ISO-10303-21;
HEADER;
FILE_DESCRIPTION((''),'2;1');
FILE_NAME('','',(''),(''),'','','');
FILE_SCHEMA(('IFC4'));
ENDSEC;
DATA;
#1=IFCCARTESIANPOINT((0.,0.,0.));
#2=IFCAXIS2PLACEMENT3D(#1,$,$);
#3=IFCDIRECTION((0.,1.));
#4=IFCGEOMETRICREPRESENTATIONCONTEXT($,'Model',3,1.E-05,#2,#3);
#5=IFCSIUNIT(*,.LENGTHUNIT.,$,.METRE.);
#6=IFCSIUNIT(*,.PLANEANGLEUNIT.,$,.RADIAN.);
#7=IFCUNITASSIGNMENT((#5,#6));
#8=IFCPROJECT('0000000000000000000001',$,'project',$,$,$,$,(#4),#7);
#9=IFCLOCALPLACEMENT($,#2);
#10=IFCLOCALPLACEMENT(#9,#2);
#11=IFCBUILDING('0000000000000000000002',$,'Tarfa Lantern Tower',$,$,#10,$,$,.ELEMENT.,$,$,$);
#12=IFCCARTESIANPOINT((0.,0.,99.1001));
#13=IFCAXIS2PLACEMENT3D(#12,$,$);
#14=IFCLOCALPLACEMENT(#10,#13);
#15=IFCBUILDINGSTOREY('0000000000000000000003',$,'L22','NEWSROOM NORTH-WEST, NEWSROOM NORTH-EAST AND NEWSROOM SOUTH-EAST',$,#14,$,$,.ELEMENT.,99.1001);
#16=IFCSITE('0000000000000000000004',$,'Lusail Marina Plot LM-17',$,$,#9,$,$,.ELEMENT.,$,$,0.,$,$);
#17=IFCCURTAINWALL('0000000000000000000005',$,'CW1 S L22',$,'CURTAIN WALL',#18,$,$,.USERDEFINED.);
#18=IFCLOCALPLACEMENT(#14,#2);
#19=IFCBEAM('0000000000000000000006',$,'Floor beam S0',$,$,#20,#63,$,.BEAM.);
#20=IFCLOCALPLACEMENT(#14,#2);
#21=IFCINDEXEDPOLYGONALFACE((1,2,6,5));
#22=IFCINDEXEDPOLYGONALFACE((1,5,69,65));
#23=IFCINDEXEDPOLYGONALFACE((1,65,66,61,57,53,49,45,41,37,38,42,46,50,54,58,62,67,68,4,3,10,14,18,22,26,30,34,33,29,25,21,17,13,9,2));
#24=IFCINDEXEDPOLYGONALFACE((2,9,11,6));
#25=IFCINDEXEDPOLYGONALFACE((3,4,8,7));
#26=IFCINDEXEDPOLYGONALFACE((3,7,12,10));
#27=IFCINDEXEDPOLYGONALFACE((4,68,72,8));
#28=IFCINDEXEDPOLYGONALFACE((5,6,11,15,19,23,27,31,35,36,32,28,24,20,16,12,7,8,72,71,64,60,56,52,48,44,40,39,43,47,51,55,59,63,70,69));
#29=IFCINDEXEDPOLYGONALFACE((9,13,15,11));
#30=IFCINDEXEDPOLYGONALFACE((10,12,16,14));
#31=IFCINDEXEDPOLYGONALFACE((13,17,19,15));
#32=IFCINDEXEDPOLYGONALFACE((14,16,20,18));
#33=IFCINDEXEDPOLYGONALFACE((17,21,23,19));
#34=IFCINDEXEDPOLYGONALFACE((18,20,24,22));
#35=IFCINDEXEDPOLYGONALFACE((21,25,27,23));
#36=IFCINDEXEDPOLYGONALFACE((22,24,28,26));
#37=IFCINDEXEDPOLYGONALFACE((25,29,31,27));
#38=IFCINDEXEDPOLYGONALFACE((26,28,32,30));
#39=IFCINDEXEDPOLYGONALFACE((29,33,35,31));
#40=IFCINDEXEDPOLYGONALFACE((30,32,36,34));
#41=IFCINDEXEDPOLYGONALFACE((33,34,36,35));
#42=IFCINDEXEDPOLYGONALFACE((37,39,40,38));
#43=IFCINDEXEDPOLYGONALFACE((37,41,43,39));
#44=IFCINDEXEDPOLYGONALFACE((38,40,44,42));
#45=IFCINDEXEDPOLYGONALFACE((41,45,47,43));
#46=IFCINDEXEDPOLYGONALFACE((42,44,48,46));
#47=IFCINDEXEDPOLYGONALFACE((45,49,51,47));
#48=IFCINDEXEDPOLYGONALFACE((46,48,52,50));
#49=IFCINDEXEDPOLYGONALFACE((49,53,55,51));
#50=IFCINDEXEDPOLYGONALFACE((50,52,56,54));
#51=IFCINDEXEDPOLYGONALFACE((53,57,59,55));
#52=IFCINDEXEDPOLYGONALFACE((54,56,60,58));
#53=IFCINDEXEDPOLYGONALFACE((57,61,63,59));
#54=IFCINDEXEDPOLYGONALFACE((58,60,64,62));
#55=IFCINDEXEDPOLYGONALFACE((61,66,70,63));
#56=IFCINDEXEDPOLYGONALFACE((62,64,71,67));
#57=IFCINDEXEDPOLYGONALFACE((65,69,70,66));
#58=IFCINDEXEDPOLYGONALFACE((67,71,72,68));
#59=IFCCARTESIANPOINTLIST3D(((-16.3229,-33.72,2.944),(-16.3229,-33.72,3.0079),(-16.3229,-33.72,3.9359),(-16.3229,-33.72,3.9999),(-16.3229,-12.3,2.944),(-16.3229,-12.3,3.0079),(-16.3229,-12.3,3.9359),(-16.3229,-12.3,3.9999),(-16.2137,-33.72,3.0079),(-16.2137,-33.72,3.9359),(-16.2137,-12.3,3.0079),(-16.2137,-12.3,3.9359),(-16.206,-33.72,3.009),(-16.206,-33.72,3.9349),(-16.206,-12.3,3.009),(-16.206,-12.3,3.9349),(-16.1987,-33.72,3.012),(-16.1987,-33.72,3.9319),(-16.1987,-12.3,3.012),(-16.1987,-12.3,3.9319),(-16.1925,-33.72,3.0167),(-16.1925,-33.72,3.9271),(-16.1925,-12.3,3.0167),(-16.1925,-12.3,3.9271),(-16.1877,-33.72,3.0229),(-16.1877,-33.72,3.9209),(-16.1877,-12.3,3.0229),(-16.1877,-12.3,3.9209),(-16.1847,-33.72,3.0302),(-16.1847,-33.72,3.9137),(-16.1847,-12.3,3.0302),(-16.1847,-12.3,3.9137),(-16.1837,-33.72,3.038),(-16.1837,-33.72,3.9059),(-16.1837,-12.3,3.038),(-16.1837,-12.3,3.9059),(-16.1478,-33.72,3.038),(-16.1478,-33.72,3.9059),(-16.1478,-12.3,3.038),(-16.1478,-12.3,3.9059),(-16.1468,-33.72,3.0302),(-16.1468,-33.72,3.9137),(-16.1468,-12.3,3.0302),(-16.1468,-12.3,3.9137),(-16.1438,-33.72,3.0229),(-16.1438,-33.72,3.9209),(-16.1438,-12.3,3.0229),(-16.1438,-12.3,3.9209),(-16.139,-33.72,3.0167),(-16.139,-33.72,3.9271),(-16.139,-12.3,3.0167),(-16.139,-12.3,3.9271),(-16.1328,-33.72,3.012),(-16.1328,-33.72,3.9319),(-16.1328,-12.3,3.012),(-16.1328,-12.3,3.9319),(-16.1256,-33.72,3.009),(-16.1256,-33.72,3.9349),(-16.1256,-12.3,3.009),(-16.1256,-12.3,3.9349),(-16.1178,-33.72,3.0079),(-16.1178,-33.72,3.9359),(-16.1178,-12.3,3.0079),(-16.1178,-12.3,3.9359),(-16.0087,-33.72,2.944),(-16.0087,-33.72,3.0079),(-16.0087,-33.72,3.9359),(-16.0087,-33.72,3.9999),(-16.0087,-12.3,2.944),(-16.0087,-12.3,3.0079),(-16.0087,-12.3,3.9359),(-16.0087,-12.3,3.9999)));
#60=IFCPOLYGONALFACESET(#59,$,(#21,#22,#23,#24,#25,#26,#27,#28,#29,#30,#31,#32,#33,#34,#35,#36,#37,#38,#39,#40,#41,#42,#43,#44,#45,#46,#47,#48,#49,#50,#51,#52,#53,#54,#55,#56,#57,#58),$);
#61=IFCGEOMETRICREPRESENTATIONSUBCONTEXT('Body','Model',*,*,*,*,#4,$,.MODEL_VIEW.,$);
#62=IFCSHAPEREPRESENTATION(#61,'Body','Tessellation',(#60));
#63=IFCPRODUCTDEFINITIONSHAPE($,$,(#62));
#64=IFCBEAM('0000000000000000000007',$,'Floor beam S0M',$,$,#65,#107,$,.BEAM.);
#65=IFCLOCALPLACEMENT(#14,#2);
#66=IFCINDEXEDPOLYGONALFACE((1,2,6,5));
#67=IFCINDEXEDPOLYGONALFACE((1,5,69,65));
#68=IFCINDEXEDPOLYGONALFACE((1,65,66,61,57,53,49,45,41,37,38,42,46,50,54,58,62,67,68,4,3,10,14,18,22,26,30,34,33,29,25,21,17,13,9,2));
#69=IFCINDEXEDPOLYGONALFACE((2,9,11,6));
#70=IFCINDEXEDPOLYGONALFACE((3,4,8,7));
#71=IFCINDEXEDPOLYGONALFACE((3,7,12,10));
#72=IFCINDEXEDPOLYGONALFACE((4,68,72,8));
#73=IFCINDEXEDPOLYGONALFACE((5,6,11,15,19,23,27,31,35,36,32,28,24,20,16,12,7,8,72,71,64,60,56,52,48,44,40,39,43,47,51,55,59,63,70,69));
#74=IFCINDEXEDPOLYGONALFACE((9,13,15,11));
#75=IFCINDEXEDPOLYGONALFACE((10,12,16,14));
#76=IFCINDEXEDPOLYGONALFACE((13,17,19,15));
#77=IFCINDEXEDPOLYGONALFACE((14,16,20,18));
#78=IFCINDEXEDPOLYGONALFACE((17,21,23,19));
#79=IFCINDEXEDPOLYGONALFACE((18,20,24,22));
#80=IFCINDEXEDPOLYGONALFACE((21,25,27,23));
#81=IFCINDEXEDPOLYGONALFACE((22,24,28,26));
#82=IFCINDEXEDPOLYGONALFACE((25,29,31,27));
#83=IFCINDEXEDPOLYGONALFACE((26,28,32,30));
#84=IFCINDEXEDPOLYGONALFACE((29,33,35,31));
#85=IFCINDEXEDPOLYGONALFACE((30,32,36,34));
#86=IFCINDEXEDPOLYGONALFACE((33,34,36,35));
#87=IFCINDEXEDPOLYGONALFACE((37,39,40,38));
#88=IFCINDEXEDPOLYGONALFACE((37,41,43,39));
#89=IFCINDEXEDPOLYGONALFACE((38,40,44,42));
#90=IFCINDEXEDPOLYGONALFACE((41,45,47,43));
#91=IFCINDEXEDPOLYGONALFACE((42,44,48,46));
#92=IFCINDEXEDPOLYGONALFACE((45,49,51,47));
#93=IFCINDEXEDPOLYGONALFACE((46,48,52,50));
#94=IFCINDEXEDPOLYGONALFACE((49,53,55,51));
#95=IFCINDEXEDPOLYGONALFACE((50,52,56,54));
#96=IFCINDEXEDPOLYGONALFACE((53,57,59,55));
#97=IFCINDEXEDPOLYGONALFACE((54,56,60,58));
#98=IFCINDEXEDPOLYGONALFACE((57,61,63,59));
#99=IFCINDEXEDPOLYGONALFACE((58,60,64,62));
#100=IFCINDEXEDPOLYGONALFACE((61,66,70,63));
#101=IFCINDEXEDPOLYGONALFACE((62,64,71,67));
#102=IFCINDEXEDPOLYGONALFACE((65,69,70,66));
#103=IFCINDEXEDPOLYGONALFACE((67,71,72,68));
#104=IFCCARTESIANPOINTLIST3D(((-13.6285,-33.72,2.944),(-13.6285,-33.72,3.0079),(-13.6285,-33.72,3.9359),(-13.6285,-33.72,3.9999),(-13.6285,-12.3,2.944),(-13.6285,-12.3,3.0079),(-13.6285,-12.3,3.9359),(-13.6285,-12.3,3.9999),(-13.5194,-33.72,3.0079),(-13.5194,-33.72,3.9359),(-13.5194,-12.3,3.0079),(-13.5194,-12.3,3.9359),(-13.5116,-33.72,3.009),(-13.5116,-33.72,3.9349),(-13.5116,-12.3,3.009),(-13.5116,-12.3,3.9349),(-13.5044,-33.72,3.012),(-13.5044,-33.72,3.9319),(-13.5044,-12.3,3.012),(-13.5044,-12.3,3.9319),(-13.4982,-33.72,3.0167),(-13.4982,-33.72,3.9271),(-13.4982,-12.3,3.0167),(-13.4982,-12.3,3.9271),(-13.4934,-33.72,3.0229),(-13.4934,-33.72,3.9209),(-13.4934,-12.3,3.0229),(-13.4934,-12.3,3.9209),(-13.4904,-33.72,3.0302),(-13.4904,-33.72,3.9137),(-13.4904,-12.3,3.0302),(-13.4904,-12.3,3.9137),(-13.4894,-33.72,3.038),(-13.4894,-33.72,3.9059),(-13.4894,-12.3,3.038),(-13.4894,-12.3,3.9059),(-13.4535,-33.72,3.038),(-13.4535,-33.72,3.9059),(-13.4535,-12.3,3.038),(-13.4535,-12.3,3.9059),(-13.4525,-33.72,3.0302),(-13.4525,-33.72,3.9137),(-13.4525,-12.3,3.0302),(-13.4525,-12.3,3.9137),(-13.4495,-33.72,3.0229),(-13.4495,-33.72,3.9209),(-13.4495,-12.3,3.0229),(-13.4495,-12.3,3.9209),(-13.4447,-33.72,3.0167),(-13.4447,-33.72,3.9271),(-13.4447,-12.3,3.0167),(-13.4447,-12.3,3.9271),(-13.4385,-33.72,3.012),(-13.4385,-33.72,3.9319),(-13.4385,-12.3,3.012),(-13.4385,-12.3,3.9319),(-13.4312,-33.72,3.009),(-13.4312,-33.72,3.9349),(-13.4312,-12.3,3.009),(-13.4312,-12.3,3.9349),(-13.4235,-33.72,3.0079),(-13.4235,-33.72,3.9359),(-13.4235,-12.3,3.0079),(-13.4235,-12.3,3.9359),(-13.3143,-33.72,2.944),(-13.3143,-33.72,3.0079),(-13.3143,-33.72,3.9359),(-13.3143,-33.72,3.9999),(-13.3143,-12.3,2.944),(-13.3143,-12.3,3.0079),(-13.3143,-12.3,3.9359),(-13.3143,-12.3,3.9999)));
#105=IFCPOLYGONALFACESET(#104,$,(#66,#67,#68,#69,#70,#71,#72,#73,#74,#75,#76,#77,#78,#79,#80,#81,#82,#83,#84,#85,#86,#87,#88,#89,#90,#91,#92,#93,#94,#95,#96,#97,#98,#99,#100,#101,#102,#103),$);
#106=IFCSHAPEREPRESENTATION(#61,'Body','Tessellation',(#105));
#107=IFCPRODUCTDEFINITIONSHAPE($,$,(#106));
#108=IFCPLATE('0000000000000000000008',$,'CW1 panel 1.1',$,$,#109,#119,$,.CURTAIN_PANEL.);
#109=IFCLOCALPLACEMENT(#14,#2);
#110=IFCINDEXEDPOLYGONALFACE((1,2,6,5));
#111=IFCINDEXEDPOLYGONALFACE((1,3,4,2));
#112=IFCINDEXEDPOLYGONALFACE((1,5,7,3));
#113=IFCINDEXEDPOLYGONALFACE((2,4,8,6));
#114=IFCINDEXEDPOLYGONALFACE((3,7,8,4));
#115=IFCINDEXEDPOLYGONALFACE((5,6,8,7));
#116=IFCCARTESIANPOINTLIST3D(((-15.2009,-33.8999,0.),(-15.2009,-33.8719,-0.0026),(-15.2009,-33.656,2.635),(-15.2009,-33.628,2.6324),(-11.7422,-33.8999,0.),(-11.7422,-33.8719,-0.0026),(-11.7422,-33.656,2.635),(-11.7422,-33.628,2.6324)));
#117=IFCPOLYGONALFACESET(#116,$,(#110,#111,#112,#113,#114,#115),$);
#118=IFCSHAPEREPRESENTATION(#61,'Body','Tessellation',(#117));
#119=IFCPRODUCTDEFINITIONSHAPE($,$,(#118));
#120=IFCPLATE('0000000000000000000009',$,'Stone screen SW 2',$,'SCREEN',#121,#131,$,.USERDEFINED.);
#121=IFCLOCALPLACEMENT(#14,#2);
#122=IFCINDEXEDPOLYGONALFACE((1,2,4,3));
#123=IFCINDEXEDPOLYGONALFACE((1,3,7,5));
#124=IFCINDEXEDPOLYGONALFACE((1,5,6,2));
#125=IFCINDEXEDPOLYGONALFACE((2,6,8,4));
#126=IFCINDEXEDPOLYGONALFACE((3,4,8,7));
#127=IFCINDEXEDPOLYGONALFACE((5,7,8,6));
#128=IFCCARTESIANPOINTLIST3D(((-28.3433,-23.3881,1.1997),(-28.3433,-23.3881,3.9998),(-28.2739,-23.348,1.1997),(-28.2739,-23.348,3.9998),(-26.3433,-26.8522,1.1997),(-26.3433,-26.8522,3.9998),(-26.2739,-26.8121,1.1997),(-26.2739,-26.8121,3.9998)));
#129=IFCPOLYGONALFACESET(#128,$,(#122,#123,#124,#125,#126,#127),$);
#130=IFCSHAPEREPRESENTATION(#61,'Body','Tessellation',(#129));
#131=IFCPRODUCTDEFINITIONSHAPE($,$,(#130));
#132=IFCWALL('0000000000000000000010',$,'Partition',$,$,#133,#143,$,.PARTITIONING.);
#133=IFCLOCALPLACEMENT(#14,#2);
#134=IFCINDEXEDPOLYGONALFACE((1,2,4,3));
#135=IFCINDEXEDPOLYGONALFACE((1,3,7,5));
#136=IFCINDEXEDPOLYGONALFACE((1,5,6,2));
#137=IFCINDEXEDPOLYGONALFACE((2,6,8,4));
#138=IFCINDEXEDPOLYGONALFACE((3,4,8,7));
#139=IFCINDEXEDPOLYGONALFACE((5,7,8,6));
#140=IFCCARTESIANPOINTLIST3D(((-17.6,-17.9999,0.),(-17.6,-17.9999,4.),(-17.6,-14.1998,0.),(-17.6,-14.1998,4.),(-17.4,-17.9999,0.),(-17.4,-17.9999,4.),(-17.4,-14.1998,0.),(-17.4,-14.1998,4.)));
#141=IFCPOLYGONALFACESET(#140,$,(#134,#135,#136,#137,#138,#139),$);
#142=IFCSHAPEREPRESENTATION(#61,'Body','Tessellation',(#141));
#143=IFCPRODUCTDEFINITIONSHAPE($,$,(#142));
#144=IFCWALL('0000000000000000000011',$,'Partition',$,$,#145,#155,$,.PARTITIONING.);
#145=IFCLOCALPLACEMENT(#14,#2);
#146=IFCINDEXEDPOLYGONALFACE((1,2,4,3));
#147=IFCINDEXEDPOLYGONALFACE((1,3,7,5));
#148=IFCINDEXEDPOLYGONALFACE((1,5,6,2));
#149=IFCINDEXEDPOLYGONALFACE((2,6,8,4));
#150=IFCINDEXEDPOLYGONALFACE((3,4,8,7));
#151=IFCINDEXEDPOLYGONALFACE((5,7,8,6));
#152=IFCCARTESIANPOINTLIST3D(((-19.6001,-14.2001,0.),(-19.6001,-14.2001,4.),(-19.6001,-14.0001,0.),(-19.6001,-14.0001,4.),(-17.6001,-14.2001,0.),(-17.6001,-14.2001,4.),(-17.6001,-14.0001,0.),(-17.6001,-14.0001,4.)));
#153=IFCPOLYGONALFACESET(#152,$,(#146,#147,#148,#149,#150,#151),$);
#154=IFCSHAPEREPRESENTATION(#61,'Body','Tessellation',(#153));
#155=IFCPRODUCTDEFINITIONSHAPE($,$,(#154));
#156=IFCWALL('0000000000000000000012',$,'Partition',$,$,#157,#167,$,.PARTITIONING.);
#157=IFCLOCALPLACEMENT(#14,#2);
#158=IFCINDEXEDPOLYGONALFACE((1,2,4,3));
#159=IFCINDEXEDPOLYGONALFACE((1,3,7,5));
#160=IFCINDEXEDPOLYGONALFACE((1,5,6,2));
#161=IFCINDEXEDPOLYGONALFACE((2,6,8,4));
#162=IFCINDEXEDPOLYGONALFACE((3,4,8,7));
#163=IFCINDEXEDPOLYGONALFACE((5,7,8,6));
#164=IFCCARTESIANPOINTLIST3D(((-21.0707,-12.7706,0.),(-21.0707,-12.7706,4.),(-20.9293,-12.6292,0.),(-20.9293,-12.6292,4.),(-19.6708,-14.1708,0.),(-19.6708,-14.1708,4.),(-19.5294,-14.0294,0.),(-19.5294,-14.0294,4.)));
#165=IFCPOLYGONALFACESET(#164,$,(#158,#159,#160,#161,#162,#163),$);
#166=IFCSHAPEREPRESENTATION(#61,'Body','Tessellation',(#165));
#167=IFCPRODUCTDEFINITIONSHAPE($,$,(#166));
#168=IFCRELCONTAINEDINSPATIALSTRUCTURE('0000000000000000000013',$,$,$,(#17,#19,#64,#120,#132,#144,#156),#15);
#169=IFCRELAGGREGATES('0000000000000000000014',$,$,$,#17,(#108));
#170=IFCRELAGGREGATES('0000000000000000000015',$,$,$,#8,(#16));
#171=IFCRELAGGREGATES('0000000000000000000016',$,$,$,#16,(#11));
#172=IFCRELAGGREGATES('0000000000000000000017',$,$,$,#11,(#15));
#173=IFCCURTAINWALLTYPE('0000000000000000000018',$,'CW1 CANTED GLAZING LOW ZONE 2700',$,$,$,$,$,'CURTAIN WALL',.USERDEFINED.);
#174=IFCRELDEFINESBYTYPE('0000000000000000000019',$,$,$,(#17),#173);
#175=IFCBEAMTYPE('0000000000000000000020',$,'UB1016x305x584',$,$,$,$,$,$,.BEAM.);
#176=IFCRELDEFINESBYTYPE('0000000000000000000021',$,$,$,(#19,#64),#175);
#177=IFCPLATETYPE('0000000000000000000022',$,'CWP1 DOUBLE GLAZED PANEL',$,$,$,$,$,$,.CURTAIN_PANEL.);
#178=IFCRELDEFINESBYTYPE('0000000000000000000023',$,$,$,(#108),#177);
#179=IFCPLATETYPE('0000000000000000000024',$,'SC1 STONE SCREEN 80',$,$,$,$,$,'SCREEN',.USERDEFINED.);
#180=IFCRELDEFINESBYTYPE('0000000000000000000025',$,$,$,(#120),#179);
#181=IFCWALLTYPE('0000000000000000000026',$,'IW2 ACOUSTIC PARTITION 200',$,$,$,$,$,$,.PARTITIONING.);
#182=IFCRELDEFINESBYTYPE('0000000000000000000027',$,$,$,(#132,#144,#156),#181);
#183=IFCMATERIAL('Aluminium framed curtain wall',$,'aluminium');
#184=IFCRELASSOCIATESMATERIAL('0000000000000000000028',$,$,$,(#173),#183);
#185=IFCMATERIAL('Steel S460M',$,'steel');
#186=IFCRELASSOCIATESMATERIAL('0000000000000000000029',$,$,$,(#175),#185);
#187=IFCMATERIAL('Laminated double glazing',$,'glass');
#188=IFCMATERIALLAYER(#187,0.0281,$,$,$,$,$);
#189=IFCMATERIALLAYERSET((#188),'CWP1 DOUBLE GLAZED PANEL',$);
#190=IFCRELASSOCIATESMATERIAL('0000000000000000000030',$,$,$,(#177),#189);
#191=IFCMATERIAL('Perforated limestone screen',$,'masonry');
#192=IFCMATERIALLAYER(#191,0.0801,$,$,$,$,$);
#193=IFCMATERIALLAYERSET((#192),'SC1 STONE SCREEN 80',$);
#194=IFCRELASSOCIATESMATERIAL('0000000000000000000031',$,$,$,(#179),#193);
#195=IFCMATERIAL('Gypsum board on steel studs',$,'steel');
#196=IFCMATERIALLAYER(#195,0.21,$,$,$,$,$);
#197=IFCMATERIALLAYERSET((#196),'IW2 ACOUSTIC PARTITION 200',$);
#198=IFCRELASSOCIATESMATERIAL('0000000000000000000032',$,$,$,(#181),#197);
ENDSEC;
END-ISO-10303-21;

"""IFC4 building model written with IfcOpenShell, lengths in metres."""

from ifc_helpers import new_model, si_unit, direction, frame, frame_2d, origin, origin_2d, place, context, subcontext, project, spatial, polyline, rectangle, i_section, outline, extrude, material, layer, layer_set, material_profile, profile_set, type_object, element, aggregate, save


model = new_model("IFC4")

# Units and contexts
model_context = context("Model", 3, precision=1e-05, world=origin(), true_north=direction((0.0, 1.0)))
body_context = subcontext(model_context, "Body", "Model", "MODEL_VIEW")
ifc_project = project(units=[si_unit("LENGTHUNIT", "METRE"), si_unit("PLANEANGLEUNIT", "RADIAN")], contexts=[model_context])

# Site, building, storey
site_placement = place(None, origin())
site = spatial("IfcSite", under=ifc_project, at=site_placement, Name="Lusail Marina Plot LM-17", CompositionType="ELEMENT", RefElevation=0.0)
building_placement = place(site_placement, origin())
building = spatial("IfcBuilding", under=site, at=building_placement, Name="Tarfa Lantern Tower", CompositionType="ELEMENT")
storey_placement = place(building_placement, frame((0.0, 0.0, 99.1001)))
storey = spatial("IfcBuildingStorey", under=building, at=storey_placement, Name="L22", Description="NEWSROOM NORTH-WEST, NEWSROOM NORTH-EAST AND NEWSROOM SOUTH-EAST", CompositionType="ELEMENT", Elevation=99.1001)

# Curtain wall
ifc_material_1 = material(Name="Aluminium framed curtain wall", Category="aluminium")
curtain_wall_type = type_object("IfcCurtainWallType", Name="CW1 CANTED GLAZING LOW ZONE 2700", ElementType="CURTAIN WALL", PredefinedType="USERDEFINED", material=ifc_material_1)
curtain_wall_placement = place(storey_placement, origin())
curtain_wall = element("IfcCurtainWall", 1, at=curtain_wall_placement, inside=storey, type_object=curtain_wall_type, Name="CW1 S L22", ObjectType="CURTAIN WALL", PredefinedType="USERDEFINED")

# Beams
ifc_material_2 = material(Name="Steel S460M", Category="steel")
ifc_material_profile_1 = material_profile(ifc_material_2, i_section(OverallWidth=0.3142, OverallDepth=1.0559, WebThickness=0.0359, FlangeThickness=0.064, FilletRadius=0.03, at=origin_2d()), Name="UB1016x305x584")
ifc_profile_set_1 = profile_set([ifc_material_profile_1], Name="Steel S460M")
beam_type_1 = type_object("IfcBeamType", Name="UB1016x305x584", PredefinedType="BEAM", material=ifc_profile_set_1)
for number, where, z_axis, x_axis, name in (
    (2, (-16.1658, -33.72, 3.4719), (0.0, 1.0, 0.0), (-1.0, 0.0, 0.0), "Floor beam S0"),
    (3, (-13.4714, -33.72, 3.4719), (0.0, 1.0, 0.0), (-1.0, 0.0, 0.0), "Floor beam S0M"),
):
    element("IfcBeam", number, at=place(storey_placement, frame(where, z_axis=z_axis, x_axis=x_axis)), inside=storey, type_object=beam_type_1, Name=name, PredefinedType="BEAM", context=body_context, shape_type="SweptSolid", body=[
        extrude(i_section(OverallWidth=0.3142, OverallDepth=1.0559, WebThickness=0.0359, FlangeThickness=0.064, FilletRadius=0.03, at=origin_2d()), origin(), (0.0, 0.0, 1.0), 21.4199),
    ])

# Plates
ifc_material_3 = material(Name="Laminated double glazing", Category="glass")
ifc_layer_1 = layer(ifc_material_3, 0.0281)
ifc_layer_set_1 = layer_set([ifc_layer_1], Name="CWP1 DOUBLE GLAZED PANEL")
plate_type_1 = type_object("IfcPlateType", Name="CWP1 DOUBLE GLAZED PANEL", PredefinedType="CURTAIN_PANEL", material=ifc_layer_set_1)
plate_1_placement = place(storey_placement, frame((-15.2009, -33.8999, 0.0), z_axis=(0.0, -0.995744, 0.092166), x_axis=(1.0, 0.0, 0.0)))
plate_1 = element("IfcPlate", 4, at=plate_1_placement, type_object=plate_type_1, Name="CW1 panel 1.1", PredefinedType="CURTAIN_PANEL", context=body_context, shape_type="SweptSolid", body=[
    extrude(outline(polyline([(0.0, 0.0), (3.4587, 0.0), (3.4587, 2.6463), (0.0, 2.6463), (0.0, 0.0)])), origin(), (0.0, 0.0, -1.0), 0.0281),
])
aggregate(curtain_wall, [plate_1])
ifc_material_4 = material(Name="Perforated limestone screen", Category="masonry")
ifc_layer_2 = layer(ifc_material_4, 0.0801)
ifc_layer_set_2 = layer_set([ifc_layer_2], Name="SC1 STONE SCREEN 80")
plate_type_2 = type_object("IfcPlateType", Name="SC1 STONE SCREEN 80", ElementType="SCREEN", PredefinedType="USERDEFINED", material=ifc_layer_set_2)
plate_2_placement = place(storey_placement, frame((-27.3086, -25.1001, 1.1997), z_axis=(0.0, 0.0, 1.0), x_axis=(0.5, -0.866025, 0.0)))
element("IfcPlate", 5, at=plate_2_placement, inside=storey, type_object=plate_type_2, Name="Stone screen SW 2", ObjectType="SCREEN", PredefinedType="USERDEFINED", context=body_context, shape_type="SweptSolid", body=[
    extrude(rectangle(XDim=4.0, YDim=0.0801, at=origin_2d()), origin(), (0.0, 0.0, 1.0), 2.8),
])

# Walls
ifc_material_5 = material(Name="Gypsum board on steel studs", Category="steel")
ifc_layer_3 = layer(ifc_material_5, 0.21)
ifc_layer_set_3 = layer_set([ifc_layer_3], Name="IW2 ACOUSTIC PARTITION 200")
wall_type = type_object("IfcWallType", Name="IW2 ACOUSTIC PARTITION 200", PredefinedType="PARTITIONING", material=ifc_layer_set_3)
wall_1_placement = place(storey_placement, frame((-17.5, -14.2, 0.0), z_axis=(0.0, 0.0, 1.0), x_axis=(0.0, -1.0, 0.0)))
element("IfcWall", 6, at=wall_1_placement, inside=storey, type_object=wall_type, Name="Partition", PredefinedType="PARTITIONING", context=body_context, shape_type="SweptSolid", body=[
    extrude(rectangle(XDim=3.8, YDim=0.2, at=frame_2d((1.8999, 0.0))), origin(), (0.0, 0.0, 1.0), 4.0),
])
wall_2_placement = place(storey_placement, frame((-17.6001, -14.1001, 0.0), z_axis=(0.0, 0.0, 1.0), x_axis=(-1.0, 0.0, 0.0)))
element("IfcWall", 7, at=wall_2_placement, inside=storey, type_object=wall_type, Name="Partition", PredefinedType="PARTITIONING", context=body_context, shape_type="SweptSolid", body=[
    extrude(rectangle(XDim=2.0, YDim=0.2, at=frame_2d((1.0, 0.0))), origin(), (0.0, 0.0, 1.0), 4.0),
])
wall_3_placement = place(storey_placement, frame((-19.6001, -14.1001, 0.0), z_axis=(0.0, 0.0, 1.0), x_axis=(-0.707045, 0.707168, 0.0)))
element("IfcWall", 8, at=wall_3_placement, inside=storey, type_object=wall_type, Name="Partition", PredefinedType="PARTITIONING", context=body_context, shape_type="SweptSolid", body=[
    extrude(rectangle(XDim=1.98, YDim=0.2, at=frame_2d((0.99, 0.0))), origin(), (0.0, 0.0, 1.0), 4.0),
])

save(model, "model.ifc")
